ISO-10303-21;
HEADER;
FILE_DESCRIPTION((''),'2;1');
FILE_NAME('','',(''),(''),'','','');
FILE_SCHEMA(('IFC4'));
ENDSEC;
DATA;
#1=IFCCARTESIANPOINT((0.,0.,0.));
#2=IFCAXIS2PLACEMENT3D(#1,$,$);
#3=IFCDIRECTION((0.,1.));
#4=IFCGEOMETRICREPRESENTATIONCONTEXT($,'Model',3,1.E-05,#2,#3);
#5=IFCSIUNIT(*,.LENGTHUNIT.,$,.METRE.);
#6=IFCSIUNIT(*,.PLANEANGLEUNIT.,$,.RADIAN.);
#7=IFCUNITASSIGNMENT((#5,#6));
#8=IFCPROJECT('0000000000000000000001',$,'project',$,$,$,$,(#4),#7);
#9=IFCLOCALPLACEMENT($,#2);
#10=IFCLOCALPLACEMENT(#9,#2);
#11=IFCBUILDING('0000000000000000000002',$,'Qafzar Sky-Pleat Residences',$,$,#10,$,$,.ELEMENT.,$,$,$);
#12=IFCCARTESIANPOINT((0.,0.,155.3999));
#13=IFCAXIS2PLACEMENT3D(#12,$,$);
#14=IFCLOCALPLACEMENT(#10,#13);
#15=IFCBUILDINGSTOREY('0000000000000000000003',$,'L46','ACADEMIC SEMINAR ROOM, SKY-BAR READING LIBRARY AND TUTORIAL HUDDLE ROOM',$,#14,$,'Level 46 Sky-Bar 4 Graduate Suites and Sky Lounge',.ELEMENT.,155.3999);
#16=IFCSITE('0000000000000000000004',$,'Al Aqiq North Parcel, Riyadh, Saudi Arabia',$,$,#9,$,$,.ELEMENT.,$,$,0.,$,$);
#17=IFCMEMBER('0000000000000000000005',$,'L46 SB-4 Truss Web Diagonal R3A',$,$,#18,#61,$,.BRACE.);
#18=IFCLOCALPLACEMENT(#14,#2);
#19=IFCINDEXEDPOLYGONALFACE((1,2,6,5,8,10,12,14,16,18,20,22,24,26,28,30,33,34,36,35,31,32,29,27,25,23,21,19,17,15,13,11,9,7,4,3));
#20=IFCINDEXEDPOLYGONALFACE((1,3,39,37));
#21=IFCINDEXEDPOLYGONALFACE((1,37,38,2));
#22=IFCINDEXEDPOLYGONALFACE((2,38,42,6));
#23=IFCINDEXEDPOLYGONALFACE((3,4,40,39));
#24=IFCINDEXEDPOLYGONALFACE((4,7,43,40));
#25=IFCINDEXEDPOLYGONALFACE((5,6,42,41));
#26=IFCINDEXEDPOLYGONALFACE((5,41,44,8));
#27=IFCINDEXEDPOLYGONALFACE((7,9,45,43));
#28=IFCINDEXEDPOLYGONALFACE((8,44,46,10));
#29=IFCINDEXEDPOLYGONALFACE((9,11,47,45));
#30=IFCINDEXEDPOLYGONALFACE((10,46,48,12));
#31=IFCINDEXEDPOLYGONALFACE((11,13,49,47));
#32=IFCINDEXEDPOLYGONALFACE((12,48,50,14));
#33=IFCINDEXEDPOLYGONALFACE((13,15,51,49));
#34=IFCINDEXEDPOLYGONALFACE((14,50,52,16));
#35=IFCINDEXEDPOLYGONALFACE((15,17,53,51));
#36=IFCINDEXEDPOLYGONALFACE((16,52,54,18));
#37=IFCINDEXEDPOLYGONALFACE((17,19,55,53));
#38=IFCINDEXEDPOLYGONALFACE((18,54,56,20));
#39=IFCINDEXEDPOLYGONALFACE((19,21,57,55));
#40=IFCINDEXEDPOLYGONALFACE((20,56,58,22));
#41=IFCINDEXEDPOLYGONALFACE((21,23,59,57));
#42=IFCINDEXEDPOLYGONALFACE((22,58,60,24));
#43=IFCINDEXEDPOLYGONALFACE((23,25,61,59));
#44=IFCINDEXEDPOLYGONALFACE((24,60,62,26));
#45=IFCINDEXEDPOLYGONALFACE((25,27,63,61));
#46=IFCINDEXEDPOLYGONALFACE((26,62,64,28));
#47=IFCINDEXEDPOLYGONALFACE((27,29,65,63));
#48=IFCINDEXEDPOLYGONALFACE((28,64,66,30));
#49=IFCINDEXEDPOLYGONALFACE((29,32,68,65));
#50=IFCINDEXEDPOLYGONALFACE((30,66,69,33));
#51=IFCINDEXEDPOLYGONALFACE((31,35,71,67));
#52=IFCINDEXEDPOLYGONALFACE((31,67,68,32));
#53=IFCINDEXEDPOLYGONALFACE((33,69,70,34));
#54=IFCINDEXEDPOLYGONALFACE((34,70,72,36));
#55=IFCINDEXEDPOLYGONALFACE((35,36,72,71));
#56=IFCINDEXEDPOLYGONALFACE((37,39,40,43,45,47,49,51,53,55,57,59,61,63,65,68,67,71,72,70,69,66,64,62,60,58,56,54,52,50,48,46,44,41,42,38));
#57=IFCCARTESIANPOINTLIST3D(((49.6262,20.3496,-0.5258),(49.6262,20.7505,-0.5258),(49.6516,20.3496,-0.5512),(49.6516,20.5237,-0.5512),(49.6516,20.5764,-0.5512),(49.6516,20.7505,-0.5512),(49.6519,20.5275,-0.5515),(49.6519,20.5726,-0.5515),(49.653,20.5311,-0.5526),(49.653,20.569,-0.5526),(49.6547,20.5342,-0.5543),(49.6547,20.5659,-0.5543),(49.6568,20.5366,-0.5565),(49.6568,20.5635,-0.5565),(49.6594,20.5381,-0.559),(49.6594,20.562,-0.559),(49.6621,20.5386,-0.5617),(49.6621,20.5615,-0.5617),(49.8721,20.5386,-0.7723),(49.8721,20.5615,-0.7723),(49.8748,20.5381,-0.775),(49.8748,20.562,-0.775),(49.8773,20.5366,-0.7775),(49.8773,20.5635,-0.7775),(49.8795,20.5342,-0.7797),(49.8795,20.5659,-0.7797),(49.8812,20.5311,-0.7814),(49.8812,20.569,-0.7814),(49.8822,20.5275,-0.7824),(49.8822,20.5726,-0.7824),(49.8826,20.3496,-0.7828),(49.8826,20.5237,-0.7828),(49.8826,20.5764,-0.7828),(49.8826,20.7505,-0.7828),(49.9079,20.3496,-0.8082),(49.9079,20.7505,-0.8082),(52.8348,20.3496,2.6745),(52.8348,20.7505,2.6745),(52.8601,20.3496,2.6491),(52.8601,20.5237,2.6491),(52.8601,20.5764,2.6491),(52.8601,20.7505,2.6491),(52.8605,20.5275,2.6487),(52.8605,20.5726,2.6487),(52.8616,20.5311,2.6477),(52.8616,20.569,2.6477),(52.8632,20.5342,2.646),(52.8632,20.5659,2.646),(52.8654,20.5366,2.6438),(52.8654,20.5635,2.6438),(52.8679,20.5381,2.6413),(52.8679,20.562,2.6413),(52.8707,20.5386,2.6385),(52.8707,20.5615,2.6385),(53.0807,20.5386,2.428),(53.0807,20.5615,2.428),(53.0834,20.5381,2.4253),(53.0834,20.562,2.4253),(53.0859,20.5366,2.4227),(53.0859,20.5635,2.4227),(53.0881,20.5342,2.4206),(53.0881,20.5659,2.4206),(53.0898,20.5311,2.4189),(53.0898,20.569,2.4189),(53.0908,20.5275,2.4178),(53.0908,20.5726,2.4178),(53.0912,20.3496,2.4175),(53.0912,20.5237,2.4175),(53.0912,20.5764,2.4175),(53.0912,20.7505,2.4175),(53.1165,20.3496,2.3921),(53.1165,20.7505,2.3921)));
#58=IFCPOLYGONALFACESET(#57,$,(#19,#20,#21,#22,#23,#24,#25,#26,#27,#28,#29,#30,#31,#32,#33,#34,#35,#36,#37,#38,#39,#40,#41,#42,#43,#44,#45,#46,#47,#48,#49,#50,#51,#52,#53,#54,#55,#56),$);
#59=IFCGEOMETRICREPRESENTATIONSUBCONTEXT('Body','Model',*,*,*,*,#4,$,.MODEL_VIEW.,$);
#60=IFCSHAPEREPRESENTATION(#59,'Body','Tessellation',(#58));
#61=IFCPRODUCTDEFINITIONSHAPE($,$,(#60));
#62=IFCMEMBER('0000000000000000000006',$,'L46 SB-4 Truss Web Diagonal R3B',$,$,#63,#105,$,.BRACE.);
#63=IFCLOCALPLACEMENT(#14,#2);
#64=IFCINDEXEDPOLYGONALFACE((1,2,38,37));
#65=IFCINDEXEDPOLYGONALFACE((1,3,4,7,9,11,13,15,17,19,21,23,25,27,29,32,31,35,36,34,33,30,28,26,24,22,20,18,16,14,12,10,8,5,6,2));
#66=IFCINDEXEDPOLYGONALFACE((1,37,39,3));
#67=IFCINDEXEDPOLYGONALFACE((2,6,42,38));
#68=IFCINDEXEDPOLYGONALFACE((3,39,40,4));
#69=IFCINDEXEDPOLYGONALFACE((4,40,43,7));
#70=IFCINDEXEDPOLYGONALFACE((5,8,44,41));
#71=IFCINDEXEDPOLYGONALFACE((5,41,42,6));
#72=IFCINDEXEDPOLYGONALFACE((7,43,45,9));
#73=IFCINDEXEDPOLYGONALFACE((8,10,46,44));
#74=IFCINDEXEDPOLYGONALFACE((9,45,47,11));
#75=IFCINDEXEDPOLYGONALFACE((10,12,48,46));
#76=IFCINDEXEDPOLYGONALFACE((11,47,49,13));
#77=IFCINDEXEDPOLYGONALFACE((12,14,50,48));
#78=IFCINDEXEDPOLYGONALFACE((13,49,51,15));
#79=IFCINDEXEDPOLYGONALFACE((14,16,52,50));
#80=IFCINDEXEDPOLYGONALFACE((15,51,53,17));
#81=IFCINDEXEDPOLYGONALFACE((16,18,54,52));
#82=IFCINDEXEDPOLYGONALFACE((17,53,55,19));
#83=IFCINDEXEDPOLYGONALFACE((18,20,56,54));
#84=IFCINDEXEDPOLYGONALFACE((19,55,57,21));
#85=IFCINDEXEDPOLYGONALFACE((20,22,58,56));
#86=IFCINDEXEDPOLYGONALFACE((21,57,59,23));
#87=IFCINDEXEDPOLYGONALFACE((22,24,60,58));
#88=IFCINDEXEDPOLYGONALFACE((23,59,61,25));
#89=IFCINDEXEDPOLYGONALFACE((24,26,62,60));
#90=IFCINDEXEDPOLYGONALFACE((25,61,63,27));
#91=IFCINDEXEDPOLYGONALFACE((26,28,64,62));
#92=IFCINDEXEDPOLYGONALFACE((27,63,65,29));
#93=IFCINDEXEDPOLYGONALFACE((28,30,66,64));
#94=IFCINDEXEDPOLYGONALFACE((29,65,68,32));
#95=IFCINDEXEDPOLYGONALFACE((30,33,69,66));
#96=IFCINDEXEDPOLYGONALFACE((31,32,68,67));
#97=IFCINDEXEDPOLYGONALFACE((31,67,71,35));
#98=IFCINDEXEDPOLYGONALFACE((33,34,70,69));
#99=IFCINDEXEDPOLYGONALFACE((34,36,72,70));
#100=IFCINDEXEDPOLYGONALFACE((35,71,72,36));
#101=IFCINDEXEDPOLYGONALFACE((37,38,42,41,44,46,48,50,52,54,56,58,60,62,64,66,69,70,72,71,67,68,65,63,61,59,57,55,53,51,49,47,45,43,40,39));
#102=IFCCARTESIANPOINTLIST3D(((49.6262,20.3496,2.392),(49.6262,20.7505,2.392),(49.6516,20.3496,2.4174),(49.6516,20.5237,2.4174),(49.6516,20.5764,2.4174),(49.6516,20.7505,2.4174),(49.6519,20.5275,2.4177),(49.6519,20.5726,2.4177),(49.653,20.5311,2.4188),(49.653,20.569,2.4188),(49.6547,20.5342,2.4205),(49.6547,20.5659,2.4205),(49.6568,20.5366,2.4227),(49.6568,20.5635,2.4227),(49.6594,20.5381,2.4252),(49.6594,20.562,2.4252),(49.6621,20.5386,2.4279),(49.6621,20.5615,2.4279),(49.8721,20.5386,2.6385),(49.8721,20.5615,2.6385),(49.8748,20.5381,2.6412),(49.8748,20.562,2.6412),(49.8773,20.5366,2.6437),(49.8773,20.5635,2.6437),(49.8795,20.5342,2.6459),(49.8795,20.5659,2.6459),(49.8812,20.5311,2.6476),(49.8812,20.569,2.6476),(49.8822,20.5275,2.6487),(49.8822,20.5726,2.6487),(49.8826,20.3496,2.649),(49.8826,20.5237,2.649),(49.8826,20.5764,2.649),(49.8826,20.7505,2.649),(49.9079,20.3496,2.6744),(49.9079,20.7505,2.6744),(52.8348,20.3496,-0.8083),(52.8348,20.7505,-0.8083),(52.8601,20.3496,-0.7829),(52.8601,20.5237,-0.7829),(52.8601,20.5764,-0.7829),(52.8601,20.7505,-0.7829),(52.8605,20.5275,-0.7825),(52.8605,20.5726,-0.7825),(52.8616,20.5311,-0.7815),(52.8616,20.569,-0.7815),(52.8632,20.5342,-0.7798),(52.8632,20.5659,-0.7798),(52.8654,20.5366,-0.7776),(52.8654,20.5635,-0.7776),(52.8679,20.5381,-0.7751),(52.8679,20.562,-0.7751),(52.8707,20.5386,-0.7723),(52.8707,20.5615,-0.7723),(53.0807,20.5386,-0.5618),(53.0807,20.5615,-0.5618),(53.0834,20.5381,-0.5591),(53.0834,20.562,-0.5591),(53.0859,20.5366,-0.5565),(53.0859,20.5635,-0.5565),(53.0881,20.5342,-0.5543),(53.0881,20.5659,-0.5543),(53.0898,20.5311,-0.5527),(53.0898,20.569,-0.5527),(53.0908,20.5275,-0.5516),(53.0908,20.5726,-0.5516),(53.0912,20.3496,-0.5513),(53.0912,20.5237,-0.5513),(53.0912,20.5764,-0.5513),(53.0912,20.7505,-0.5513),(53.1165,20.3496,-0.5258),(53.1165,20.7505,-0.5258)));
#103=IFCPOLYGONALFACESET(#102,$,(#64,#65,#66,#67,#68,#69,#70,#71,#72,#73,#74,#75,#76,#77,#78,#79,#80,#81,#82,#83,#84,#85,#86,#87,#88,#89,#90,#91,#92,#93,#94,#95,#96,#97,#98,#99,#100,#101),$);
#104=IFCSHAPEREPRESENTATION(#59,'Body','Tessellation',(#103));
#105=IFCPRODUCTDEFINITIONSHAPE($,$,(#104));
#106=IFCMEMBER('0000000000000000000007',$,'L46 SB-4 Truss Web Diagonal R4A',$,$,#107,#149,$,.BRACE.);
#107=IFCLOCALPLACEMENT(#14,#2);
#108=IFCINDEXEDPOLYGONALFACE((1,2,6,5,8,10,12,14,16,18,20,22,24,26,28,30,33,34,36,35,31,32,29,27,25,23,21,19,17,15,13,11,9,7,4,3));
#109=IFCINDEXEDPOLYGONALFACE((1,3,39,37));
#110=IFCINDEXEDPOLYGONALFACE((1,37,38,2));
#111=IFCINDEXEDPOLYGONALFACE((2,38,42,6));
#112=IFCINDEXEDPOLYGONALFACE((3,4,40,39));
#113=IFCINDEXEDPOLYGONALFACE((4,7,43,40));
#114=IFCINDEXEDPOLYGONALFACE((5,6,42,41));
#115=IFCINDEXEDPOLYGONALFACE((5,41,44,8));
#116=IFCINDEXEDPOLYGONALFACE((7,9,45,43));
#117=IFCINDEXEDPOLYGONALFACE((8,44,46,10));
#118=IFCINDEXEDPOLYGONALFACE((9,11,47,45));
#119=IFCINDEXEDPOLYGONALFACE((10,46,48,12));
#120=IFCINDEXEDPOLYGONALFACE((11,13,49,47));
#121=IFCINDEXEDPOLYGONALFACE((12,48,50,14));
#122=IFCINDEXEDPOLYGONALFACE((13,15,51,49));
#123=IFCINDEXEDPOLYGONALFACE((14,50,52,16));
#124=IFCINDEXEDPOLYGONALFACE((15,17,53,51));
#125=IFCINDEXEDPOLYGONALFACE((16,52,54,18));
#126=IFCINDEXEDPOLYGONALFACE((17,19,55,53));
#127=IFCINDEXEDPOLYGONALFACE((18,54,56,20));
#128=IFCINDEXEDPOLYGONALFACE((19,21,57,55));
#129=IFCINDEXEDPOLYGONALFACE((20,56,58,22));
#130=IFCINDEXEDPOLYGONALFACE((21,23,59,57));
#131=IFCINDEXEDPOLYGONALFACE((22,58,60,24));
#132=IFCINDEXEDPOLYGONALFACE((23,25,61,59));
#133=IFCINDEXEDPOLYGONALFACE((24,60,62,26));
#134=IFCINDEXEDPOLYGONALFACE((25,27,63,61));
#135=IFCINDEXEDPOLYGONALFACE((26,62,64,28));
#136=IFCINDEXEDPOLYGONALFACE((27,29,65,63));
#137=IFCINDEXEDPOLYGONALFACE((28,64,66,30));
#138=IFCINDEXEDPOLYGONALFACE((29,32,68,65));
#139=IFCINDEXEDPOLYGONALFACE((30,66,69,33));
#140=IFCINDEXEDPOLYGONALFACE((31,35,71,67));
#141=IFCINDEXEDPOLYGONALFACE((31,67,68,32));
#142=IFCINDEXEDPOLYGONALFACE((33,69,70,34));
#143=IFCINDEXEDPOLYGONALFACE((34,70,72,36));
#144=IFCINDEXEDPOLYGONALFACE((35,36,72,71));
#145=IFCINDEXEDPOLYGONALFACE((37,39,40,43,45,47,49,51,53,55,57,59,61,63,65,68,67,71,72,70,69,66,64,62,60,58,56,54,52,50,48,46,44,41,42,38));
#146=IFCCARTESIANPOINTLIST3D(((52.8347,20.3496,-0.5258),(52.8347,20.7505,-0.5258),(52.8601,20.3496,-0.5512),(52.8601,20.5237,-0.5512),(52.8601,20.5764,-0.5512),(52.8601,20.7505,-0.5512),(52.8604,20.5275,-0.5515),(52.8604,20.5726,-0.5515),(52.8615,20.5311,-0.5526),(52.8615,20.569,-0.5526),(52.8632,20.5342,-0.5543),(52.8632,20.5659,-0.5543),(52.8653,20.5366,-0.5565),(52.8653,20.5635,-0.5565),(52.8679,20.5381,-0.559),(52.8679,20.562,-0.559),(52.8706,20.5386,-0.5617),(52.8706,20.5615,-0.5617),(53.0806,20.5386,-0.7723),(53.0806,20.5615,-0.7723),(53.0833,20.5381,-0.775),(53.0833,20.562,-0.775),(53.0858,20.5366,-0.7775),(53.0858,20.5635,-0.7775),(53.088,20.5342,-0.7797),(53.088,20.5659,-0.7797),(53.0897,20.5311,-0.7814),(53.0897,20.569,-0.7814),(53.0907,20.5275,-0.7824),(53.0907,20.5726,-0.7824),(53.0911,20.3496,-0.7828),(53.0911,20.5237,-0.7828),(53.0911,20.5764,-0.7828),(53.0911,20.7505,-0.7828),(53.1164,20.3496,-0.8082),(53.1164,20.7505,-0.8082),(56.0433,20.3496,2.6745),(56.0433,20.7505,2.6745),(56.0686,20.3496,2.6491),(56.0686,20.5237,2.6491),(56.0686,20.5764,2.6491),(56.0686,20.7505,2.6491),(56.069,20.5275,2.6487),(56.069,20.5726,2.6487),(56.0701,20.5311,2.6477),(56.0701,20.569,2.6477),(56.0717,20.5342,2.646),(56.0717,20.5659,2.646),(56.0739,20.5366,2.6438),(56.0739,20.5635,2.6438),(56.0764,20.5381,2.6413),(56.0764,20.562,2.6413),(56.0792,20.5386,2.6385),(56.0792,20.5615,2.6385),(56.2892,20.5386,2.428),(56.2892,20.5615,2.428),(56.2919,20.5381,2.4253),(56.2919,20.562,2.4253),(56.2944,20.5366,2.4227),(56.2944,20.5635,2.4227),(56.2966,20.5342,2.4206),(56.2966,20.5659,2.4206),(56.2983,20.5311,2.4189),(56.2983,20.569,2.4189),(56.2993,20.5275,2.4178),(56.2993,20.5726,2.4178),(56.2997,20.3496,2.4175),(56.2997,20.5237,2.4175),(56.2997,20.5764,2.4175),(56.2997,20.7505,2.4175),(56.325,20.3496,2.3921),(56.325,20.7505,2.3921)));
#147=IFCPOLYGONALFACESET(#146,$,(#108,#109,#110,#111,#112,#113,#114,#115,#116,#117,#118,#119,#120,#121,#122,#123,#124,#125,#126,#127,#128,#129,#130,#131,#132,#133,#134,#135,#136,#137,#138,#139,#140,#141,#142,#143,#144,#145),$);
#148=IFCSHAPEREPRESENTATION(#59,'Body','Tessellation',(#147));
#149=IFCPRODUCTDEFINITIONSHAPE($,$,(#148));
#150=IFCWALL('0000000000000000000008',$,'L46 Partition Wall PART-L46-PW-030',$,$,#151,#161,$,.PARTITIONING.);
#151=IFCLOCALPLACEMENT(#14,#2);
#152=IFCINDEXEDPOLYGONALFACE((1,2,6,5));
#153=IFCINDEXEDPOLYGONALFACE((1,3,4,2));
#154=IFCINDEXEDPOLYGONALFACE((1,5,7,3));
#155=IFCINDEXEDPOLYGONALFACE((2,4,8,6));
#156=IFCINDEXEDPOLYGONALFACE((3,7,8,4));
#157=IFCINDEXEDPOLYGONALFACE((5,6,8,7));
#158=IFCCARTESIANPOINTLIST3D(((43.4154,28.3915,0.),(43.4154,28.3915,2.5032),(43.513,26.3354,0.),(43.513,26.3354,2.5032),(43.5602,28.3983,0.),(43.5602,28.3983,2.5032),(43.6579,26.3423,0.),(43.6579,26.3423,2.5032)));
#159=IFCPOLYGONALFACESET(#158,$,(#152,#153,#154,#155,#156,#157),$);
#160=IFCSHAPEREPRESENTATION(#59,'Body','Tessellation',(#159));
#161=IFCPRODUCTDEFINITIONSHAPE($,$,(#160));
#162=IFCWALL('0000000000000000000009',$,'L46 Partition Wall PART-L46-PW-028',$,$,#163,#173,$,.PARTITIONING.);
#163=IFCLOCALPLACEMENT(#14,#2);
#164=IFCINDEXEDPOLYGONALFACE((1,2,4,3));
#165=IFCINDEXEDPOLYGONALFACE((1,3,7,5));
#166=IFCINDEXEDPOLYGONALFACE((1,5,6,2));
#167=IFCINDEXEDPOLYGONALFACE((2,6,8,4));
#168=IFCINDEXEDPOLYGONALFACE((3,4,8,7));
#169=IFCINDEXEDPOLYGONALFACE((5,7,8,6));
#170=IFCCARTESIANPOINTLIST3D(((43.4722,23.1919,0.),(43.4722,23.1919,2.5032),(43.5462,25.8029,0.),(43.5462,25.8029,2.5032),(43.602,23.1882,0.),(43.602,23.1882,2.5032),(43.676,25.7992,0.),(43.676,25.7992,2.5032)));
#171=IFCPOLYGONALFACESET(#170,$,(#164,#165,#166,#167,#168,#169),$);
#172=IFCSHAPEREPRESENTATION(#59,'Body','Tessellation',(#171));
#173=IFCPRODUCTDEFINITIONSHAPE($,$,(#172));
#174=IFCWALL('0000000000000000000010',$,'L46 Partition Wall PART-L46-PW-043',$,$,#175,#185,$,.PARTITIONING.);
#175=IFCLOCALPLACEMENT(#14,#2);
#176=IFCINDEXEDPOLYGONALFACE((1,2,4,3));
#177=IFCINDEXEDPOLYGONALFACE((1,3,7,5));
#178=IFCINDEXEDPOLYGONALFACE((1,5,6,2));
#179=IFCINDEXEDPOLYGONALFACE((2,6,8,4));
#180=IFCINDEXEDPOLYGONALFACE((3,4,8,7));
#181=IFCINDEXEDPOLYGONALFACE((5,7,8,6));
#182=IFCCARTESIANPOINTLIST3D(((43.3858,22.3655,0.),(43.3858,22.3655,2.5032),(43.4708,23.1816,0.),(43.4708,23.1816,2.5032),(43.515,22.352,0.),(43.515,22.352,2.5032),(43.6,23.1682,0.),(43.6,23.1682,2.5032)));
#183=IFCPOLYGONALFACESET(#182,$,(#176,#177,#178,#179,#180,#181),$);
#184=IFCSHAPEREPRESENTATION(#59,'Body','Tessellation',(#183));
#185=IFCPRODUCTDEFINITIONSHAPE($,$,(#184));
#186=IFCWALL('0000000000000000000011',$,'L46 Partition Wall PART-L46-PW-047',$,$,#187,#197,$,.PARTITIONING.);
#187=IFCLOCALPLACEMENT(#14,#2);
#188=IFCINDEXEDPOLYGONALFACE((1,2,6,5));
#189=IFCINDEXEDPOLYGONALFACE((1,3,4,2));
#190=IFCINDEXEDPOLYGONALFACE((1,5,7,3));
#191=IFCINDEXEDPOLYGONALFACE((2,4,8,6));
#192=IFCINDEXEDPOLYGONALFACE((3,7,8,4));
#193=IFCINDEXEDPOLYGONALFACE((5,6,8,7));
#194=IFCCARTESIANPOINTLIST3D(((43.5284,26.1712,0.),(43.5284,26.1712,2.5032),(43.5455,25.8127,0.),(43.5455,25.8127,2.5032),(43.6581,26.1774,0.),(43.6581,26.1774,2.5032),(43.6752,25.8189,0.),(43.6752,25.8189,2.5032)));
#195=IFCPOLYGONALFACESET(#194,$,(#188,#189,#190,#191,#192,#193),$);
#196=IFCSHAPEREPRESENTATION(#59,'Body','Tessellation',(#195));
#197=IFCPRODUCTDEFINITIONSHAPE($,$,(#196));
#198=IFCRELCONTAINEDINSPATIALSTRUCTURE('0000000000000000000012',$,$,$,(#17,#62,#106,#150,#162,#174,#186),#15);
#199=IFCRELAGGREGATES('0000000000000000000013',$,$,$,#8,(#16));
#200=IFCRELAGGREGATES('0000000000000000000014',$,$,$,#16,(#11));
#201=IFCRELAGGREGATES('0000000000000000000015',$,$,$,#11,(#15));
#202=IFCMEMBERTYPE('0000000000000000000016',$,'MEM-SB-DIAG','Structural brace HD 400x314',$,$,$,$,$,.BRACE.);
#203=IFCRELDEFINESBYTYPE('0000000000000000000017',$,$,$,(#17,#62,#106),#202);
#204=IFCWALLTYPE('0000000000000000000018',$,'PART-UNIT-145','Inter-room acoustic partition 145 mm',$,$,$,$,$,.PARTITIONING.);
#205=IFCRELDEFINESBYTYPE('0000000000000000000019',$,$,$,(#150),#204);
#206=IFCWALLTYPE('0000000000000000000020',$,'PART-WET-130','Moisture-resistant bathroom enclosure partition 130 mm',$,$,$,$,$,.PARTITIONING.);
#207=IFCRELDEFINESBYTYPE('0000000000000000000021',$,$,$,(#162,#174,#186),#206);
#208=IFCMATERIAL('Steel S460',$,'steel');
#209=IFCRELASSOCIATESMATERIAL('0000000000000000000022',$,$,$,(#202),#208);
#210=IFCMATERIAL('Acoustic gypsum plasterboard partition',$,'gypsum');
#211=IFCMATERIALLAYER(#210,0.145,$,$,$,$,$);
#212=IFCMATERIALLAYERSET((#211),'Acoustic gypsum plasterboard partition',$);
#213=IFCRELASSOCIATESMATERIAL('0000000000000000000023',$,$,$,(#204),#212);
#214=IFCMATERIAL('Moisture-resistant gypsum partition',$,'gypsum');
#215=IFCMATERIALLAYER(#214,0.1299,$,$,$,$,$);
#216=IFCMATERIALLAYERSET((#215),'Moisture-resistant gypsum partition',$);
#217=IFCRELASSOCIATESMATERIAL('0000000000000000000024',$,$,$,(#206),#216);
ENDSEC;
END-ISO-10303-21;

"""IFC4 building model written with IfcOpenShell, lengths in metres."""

from ifc_helpers import new_model, si_unit, direction, frame, frame_2d, origin, origin_2d, place, context, subcontext, project, spatial, rectangle, i_section, extrude, source, transform, mapped, material, layer, layer_set, material_profile, profile_set, type_object, element, save


model = new_model("IFC4")

# Units and contexts
model_context = context("Model", 3, precision=1e-05, world=origin(), true_north=direction((0.0, 1.0)))
body_context = subcontext(model_context, "Body", "Model", "MODEL_VIEW")
ifc_project = project(units=[si_unit("LENGTHUNIT", "METRE"), si_unit("PLANEANGLEUNIT", "RADIAN")], contexts=[model_context])

# Site, building, storey
site_placement = place(None, origin())
site = spatial("IfcSite", under=ifc_project, at=site_placement, Name="Al Aqiq North Parcel, Riyadh, Saudi Arabia", CompositionType="ELEMENT", RefElevation=0.0)
building_placement = place(site_placement, origin())
building = spatial("IfcBuilding", under=site, at=building_placement, Name="Qafzar Sky-Pleat Residences", CompositionType="ELEMENT")
storey_placement = place(building_placement, frame((0.0, 0.0, 155.3999)))
storey = spatial("IfcBuildingStorey", under=building, at=storey_placement, Name="L46", Description="ACADEMIC SEMINAR ROOM, SKY-BAR READING LIBRARY AND TUTORIAL HUDDLE ROOM", LongName="Level 46 Sky-Bar 4 Graduate Suites and Sky Lounge", CompositionType="ELEMENT", Elevation=155.3999)

# Shared definitions
ifc_material_1 = material(Name="Steel S460", Category="steel")

# Members
ifc_material_profile_1 = material_profile(ifc_material_1, i_section(OverallWidth=0.4009, OverallDepth=0.3989, WebThickness=0.0229, FlangeThickness=0.0359, FilletRadius=0.0149, at=origin_2d()), Name="HD 400x314")
ifc_profile_set_1 = profile_set([ifc_material_profile_1], Name="Steel S460")
member_type = type_object("IfcMemberType", Name="MEM-SB-DIAG", Description="Structural brace HD 400x314", PredefinedType="BRACE", material=ifc_profile_set_1)
shared_shape_1 = source(origin(), body_context, "Body", "SweptSolid", [
    extrude(i_section(OverallWidth=0.4009, OverallDepth=0.3989, WebThickness=0.0229, FlangeThickness=0.0359, FilletRadius=0.0149, at=origin_2d()), origin(), (0.0, 0.0, 1.0), 4.5317),
])
for number, where, z_axis, x_axis, name in (
    (1, (49.7671, 20.55, -0.667), (0.708022, 0.0, 0.70619), (0.0, 1.0, 0.0), "L46 SB-4 Truss Web Diagonal R3A"),
    (2, (49.7671, 20.55, 2.5332), (0.708022, 0.0, -0.70619), (0.0, 1.0, 0.0), "L46 SB-4 Truss Web Diagonal R3B"),
    (3, (52.9756, 20.55, -0.667), (0.708022, 0.0, 0.70619), (0.0, 1.0, 0.0), "L46 SB-4 Truss Web Diagonal R4A"),
):
    element("IfcMember", number, at=place(storey_placement, frame(where, z_axis=z_axis, x_axis=x_axis)), inside=storey, type_object=member_type, Name=name, PredefinedType="BRACE", context=body_context, shape_type="MappedRepresentation", body=[
        mapped(shared_shape_1, transform((0.0, 0.0, 0.0), x_axis=(1.0, 0.0, 0.0), y_axis=(0.0, 1.0, 0.0), z_axis=(0.0, 0.0, 1.0), scale=1.0)),
    ])

# Walls
ifc_material_2 = material(Name="Acoustic gypsum plasterboard partition", Category="gypsum")
ifc_layer_1 = layer(ifc_material_2, 0.145)
ifc_layer_set_1 = layer_set([ifc_layer_1], Name="Acoustic gypsum plasterboard partition")
wall_type_1 = type_object("IfcWallType", Name="PART-UNIT-145", Description="Inter-room acoustic partition 145 mm", PredefinedType="PARTITIONING", material=ifc_layer_set_1)
wall_1_placement = place(storey_placement, frame((43.4878, 28.395, 0.0), z_axis=(0.0, 0.0, 1.0), x_axis=(0.047441, -0.998874, 0.0)))
element("IfcWall", 4, at=wall_1_placement, inside=storey, type_object=wall_type_1, Name="L46 Partition Wall PART-L46-PW-030", PredefinedType="PARTITIONING", context=body_context, shape_type="SweptSolid", body=[
    extrude(rectangle(XDim=2.0583, YDim=0.145, at=frame_2d((1.0293, 0.0))), origin(), (0.0, 0.0, 1.0), 2.5032),
])
ifc_material_3 = material(Name="Moisture-resistant gypsum partition", Category="gypsum")
ifc_layer_2 = layer(ifc_material_3, 0.1299)
ifc_layer_set_2 = layer_set([ifc_layer_2], Name="Moisture-resistant gypsum partition")
wall_type_2 = type_object("IfcWallType", Name="PART-WET-130", Description="Moisture-resistant bathroom enclosure partition 130 mm", PredefinedType="PARTITIONING", material=ifc_layer_set_2)
wall_2_placement = place(storey_placement, frame((43.5371, 23.1899, 0.0), z_axis=(0.0, 0.0, 1.0), x_axis=(0.02832, 0.999599, 0.0)))
element("IfcWall", 5, at=wall_2_placement, inside=storey, type_object=wall_type_2, Name="L46 Partition Wall PART-L46-PW-028", PredefinedType="PARTITIONING", context=body_context, shape_type="SweptSolid", body=[
    extrude(rectangle(XDim=2.6121, YDim=0.1299, at=frame_2d((1.3062, 0.0))), origin(), (0.0, 0.0, 1.0), 2.5032),
])
wall_3_placement = place(storey_placement, frame((43.4504, 22.3589, 0.0), z_axis=(0.0, 0.0, 1.0), x_axis=(0.103539, 0.994625, 0.0)))
element("IfcWall", 6, at=wall_3_placement, inside=storey, type_object=wall_type_2, Name="L46 Partition Wall PART-L46-PW-043", PredefinedType="PARTITIONING", context=body_context, shape_type="SweptSolid", body=[
    extrude(rectangle(XDim=0.8206, YDim=0.1299, at=frame_2d((0.4102, 0.0))), origin(), (0.0, 0.0, 1.0), 2.5032),
])
wall_4_placement = place(storey_placement, frame((43.5933, 26.1743, 0.0), z_axis=(0.0, 0.0, 1.0), x_axis=(0.04763, -0.998865, 0.0)))
element("IfcWall", 7, at=wall_4_placement, inside=storey, type_object=wall_type_2, Name="L46 Partition Wall PART-L46-PW-047", PredefinedType="PARTITIONING", context=body_context, shape_type="SweptSolid", body=[
    extrude(rectangle(XDim=0.3589, YDim=0.1299, at=frame_2d((0.1794, 0.0))), origin(), (0.0, 0.0, 1.0), 2.5032),
])

save(model, "model.ifc")
